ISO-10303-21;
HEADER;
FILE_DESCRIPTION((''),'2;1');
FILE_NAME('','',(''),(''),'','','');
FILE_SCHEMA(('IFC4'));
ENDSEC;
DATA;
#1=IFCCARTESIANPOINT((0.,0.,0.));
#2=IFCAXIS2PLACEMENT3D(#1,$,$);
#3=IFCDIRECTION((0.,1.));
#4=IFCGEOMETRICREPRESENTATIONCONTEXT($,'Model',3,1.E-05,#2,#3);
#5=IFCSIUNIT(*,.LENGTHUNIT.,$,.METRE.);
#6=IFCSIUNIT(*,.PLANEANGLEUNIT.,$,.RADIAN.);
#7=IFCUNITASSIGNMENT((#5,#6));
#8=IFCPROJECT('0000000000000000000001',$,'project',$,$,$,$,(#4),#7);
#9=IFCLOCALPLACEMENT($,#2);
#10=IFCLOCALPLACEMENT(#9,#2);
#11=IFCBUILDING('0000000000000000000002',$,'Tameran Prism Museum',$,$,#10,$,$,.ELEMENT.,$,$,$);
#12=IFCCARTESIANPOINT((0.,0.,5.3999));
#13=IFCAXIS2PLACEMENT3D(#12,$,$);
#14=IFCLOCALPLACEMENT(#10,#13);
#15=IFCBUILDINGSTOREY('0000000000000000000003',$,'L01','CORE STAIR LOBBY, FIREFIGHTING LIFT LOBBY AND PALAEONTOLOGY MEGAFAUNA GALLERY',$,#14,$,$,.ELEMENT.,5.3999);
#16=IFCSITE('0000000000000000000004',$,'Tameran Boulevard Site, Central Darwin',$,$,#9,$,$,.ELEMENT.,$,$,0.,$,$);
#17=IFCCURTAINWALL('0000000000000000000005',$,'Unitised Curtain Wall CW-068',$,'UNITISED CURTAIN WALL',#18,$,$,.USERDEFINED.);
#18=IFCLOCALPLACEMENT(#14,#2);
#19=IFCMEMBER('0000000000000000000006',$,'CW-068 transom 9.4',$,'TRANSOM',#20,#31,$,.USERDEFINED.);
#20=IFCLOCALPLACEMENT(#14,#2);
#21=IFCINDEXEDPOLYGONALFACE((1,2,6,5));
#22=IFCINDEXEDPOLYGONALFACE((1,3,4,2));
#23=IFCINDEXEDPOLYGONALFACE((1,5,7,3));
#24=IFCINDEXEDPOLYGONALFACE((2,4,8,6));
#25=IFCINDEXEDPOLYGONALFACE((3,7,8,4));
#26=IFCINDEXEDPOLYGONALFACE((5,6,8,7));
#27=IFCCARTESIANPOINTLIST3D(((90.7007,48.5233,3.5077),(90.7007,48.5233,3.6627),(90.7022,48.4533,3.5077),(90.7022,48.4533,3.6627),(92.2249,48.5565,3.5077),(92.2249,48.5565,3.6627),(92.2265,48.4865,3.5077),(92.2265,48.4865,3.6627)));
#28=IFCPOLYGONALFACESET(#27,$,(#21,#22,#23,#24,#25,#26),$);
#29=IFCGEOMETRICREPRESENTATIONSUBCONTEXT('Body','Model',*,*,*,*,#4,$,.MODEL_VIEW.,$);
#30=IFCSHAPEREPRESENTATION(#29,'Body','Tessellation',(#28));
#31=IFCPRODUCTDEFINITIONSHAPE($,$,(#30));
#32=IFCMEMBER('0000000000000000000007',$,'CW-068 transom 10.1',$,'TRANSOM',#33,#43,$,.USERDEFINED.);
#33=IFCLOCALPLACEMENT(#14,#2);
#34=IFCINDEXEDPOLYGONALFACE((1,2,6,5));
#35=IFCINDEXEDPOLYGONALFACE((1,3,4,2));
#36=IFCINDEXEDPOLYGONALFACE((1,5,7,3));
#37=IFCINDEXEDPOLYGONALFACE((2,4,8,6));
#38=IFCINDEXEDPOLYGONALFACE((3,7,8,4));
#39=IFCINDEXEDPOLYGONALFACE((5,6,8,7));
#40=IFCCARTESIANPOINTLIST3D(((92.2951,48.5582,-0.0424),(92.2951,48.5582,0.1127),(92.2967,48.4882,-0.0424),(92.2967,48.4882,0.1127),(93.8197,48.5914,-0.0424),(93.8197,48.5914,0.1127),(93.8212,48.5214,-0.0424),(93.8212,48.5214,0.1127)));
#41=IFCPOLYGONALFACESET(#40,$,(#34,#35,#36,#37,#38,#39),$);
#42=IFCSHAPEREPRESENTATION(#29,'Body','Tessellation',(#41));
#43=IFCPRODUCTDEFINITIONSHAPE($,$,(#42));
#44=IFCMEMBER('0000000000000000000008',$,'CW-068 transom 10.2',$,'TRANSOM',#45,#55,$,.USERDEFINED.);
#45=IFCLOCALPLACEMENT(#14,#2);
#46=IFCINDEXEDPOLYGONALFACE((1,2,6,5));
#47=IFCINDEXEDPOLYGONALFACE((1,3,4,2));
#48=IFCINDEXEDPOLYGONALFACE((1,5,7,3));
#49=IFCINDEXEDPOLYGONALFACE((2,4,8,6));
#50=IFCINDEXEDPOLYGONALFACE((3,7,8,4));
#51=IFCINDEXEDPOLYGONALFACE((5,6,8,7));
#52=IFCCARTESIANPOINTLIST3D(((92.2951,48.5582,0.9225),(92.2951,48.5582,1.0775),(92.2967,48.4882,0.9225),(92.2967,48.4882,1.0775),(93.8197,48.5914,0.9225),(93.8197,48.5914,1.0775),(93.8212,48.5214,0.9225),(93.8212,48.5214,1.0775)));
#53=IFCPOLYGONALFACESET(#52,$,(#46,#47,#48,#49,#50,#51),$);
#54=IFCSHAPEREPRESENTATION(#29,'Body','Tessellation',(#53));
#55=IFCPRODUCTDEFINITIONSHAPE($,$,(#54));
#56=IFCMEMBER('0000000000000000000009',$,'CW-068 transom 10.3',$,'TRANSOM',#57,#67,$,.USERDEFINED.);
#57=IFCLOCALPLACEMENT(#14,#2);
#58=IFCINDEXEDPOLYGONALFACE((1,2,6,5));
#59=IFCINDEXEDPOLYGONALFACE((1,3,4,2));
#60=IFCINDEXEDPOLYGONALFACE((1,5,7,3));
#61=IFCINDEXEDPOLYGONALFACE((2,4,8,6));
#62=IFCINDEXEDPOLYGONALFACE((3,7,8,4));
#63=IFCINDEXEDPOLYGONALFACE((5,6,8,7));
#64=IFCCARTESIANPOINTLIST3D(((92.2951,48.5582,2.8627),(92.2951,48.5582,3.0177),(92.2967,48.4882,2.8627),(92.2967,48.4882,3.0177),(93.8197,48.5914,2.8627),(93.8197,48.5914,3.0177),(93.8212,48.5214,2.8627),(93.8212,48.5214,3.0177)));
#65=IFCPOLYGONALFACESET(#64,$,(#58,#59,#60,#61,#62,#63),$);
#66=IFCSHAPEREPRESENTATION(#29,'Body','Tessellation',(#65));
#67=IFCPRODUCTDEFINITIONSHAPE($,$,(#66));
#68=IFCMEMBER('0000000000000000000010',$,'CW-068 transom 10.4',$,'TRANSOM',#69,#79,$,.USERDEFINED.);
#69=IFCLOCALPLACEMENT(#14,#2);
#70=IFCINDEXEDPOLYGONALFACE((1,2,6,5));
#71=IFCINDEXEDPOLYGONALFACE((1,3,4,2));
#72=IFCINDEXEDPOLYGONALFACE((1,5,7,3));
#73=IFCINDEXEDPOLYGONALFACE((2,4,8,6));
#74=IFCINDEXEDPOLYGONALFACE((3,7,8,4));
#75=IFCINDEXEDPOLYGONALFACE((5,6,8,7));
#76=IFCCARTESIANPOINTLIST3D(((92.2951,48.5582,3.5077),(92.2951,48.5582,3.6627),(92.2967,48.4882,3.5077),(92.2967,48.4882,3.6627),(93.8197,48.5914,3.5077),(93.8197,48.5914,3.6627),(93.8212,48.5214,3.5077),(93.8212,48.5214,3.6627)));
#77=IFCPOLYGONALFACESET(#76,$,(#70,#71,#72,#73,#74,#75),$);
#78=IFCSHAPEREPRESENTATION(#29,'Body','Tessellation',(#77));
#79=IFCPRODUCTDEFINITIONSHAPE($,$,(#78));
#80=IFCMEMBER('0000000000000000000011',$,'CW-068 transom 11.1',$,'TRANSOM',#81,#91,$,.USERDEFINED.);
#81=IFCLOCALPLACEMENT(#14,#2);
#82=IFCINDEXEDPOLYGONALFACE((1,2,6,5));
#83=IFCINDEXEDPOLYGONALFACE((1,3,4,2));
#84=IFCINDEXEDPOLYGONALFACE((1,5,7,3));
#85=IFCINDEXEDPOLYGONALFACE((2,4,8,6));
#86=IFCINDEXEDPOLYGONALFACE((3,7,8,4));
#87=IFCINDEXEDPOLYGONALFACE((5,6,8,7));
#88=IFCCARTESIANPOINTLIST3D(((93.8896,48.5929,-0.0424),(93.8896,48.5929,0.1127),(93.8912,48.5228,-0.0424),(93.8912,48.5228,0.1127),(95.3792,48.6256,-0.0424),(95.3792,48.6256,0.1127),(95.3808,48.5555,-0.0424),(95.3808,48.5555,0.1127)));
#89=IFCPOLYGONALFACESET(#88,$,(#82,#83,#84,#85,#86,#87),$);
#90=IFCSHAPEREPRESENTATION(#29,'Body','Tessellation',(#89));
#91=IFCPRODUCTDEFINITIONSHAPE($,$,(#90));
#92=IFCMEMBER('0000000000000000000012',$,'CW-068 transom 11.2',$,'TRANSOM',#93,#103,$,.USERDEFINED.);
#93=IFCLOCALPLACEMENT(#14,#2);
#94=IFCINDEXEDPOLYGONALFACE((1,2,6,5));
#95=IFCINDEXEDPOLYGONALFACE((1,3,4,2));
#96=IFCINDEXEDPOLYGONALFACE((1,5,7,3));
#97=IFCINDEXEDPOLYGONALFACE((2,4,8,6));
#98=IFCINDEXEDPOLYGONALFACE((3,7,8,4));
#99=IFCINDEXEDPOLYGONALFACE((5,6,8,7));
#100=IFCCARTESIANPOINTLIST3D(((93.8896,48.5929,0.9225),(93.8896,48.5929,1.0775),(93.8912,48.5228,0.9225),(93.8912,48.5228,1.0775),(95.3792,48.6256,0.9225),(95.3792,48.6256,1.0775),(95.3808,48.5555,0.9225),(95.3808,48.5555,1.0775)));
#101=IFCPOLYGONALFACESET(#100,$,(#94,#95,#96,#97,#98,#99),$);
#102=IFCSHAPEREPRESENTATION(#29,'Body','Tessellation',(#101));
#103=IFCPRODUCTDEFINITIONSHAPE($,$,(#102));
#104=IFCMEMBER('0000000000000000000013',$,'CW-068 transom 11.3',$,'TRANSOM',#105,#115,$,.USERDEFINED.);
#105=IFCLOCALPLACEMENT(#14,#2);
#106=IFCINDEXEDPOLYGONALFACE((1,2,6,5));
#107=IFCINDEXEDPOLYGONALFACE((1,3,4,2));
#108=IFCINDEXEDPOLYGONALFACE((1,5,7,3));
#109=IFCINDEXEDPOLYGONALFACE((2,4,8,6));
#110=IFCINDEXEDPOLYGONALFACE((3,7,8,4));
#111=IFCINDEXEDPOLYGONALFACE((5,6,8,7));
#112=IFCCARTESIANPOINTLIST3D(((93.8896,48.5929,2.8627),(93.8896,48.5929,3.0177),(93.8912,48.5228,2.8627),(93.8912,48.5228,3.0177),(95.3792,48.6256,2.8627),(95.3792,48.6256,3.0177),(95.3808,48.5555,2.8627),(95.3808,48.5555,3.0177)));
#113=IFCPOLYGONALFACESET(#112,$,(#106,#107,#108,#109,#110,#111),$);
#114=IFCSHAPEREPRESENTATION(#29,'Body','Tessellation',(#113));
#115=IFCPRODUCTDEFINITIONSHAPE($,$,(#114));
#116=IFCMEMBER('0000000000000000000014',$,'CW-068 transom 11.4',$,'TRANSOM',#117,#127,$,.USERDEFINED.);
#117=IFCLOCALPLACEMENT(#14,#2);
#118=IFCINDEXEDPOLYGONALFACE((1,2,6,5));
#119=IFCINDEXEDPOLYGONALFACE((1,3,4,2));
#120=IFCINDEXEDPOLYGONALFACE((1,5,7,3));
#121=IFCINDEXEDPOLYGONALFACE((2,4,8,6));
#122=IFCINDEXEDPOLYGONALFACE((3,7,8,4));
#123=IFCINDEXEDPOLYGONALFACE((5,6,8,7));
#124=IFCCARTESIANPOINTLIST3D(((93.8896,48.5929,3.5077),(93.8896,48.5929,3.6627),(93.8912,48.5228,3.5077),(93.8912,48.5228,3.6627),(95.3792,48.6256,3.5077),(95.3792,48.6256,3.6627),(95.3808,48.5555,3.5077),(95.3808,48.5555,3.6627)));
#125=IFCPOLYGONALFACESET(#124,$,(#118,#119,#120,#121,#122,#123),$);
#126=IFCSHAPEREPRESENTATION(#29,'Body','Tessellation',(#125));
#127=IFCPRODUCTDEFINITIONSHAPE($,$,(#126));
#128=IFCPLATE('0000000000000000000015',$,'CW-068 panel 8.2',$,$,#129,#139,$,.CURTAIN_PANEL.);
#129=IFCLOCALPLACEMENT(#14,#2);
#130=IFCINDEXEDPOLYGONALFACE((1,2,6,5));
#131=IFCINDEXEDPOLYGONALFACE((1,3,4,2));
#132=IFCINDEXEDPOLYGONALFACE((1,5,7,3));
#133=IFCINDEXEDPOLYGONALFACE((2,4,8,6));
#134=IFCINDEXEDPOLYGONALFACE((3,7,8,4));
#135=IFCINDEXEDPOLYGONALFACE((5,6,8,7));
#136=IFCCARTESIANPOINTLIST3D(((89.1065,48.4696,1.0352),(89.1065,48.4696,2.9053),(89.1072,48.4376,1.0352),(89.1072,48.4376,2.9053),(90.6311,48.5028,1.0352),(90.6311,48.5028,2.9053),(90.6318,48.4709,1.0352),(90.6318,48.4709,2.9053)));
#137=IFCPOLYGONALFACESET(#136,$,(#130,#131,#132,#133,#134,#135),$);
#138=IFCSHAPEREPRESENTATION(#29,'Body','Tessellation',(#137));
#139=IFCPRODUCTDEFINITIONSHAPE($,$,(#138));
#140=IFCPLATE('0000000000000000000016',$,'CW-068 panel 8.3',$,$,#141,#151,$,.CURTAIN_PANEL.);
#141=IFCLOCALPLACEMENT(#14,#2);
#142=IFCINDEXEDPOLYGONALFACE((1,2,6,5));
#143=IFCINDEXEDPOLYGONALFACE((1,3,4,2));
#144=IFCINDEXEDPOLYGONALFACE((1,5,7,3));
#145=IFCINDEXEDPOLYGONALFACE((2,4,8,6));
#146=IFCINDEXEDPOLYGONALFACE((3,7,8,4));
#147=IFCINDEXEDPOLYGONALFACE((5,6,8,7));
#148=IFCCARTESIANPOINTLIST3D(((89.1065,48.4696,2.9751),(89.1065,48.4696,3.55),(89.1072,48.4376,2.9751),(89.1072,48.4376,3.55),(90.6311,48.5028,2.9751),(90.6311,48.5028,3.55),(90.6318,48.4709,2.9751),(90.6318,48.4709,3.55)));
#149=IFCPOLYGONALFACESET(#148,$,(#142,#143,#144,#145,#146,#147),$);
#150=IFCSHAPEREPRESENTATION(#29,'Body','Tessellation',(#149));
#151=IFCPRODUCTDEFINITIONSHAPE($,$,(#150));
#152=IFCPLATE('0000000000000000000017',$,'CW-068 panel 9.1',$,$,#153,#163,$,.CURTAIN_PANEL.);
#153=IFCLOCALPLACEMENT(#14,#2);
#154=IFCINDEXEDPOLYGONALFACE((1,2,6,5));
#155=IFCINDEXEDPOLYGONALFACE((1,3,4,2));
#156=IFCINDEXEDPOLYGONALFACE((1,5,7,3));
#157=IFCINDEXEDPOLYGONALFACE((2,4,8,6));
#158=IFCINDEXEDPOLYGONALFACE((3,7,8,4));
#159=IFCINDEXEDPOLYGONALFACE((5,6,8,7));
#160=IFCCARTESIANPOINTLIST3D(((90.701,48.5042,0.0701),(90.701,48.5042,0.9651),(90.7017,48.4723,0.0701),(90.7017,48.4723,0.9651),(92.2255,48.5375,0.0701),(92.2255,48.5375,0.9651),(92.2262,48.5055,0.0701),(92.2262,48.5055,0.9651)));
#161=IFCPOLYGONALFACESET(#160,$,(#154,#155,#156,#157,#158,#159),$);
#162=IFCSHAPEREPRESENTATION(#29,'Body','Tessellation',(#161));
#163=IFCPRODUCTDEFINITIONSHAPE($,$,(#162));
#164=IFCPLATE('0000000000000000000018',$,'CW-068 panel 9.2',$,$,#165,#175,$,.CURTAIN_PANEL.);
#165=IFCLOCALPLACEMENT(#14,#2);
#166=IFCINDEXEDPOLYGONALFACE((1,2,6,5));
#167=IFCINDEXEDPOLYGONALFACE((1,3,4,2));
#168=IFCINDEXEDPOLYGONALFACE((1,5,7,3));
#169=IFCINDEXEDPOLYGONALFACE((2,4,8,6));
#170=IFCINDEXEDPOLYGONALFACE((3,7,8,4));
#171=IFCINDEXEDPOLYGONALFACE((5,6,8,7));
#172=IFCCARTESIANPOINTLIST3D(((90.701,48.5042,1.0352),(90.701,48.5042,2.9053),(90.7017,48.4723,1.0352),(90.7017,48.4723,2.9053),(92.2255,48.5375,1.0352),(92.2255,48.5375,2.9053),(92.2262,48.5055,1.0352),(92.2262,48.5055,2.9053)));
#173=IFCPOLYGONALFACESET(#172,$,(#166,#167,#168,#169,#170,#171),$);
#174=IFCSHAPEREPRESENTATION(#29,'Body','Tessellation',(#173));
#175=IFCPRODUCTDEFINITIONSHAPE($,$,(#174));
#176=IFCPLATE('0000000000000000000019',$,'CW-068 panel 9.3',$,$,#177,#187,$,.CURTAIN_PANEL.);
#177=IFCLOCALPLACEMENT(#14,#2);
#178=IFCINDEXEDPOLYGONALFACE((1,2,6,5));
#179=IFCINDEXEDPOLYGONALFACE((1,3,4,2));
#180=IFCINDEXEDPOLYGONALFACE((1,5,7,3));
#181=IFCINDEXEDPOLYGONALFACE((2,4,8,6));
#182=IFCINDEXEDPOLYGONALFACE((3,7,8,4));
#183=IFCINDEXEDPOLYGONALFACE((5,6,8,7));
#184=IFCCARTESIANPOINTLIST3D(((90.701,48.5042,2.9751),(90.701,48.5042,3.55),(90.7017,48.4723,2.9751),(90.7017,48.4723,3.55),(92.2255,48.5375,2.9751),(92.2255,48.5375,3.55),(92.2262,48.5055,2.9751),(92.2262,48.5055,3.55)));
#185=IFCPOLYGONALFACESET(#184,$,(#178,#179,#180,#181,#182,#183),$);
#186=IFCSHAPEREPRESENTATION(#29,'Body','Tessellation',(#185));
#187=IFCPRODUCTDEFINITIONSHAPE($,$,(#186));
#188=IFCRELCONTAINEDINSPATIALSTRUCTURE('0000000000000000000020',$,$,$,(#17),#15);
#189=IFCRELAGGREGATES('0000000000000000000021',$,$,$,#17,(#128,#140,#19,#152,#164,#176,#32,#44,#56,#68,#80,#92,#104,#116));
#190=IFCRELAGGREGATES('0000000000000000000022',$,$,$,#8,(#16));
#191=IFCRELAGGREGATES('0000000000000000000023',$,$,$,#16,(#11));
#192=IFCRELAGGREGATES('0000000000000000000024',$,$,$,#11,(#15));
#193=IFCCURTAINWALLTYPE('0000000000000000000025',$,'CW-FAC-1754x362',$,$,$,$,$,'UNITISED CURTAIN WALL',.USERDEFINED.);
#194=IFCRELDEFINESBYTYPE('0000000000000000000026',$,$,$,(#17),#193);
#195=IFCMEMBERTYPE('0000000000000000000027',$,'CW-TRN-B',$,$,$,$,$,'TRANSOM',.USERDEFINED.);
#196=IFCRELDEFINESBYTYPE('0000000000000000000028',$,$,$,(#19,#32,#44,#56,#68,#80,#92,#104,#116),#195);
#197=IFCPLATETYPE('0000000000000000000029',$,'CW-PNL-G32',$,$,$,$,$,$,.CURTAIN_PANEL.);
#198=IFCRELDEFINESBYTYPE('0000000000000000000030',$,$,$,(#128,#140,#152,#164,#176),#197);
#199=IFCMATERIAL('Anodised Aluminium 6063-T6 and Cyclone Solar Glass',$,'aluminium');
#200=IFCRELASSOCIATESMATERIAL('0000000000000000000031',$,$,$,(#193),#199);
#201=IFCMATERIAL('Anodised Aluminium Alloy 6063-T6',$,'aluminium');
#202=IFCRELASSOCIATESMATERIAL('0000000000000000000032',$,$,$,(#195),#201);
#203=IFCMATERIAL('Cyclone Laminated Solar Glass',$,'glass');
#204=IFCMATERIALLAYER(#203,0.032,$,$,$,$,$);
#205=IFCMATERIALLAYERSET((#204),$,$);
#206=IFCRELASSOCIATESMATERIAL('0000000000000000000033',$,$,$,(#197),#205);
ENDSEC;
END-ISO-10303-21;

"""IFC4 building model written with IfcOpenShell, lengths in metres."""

from ifc_helpers import new_model, si_unit, direction, frame, origin, origin_2d, place, context, subcontext, project, spatial, rectangle, extrude, material, layer, layer_set, material_profile, profile_set, type_object, element, aggregate, save


model = new_model("IFC4")

# Units and contexts
model_context = context("Model", 3, precision=1e-05, world=origin(), true_north=direction((0.0, 1.0)))
body_context = subcontext(model_context, "Body", "Model", "MODEL_VIEW")
ifc_project = project(units=[si_unit("LENGTHUNIT", "METRE"), si_unit("PLANEANGLEUNIT", "RADIAN")], contexts=[model_context])

# Site, building, storey
site_placement = place(None, origin())
site = spatial("IfcSite", under=ifc_project, at=site_placement, Name="Tameran Boulevard Site, Central Darwin", CompositionType="ELEMENT", RefElevation=0.0)
building_placement = place(site_placement, origin())
building = spatial("IfcBuilding", under=site, at=building_placement, Name="Tameran Prism Museum", CompositionType="ELEMENT")
storey_placement = place(building_placement, frame((0.0, 0.0, 5.3999)))
storey = spatial("IfcBuildingStorey", under=building, at=storey_placement, Name="L01", Description="CORE STAIR LOBBY, FIREFIGHTING LIFT LOBBY AND PALAEONTOLOGY MEGAFAUNA GALLERY", CompositionType="ELEMENT", Elevation=5.3999)

# Curtain wall, members, plates
ifc_material_1 = material(Name="Anodised Aluminium 6063-T6 and Cyclone Solar Glass", Category="aluminium")
curtain_wall_type = type_object("IfcCurtainWallType", Name="CW-FAC-1754x362", ElementType="UNITISED CURTAIN WALL", PredefinedType="USERDEFINED", material=ifc_material_1)
curtain_wall_placement = place(storey_placement, origin())
curtain_wall = element("IfcCurtainWall", 1, at=curtain_wall_placement, inside=storey, type_object=curtain_wall_type, Name="Unitised Curtain Wall CW-068", ObjectType="UNITISED CURTAIN WALL", PredefinedType="USERDEFINED")
ifc_material_2 = material(Name="Anodised Aluminium Alloy 6063-T6", Category="aluminium")
ifc_material_profile_1 = material_profile(ifc_material_2, rectangle(XDim=0.0701, YDim=0.155, at=origin_2d()))
ifc_profile_set_1 = profile_set([ifc_material_profile_1])
member_type_1 = type_object("IfcMemberType", Name="CW-TRN-B", ElementType="TRANSOM", PredefinedType="USERDEFINED", material=ifc_profile_set_1)
member_1_placement = place(storey_placement, frame((90.7014, 48.4883, 3.5852), z_axis=(0.999763, 0.021776, 0.0), x_axis=(-0.021776, 0.999763, 0.0)))
member_1 = element("IfcMember", 2, at=member_1_placement, type_object=member_type_1, Name="CW-068 transom 9.4", ObjectType="TRANSOM", PredefinedType="USERDEFINED", context=body_context, shape_type="SweptSolid", body=[
    extrude(rectangle(XDim=0.0701, YDim=0.155, at=origin_2d()), origin(), (0.0, 0.0, 1.0), 1.5247),
])
member_2_placement = place(storey_placement, frame((92.2959, 48.5232, 0.0352), z_axis=(0.999763, 0.021772, 0.0), x_axis=(-0.021772, 0.999763, 0.0)))
member_2 = element("IfcMember", 3, at=member_2_placement, type_object=member_type_1, Name="CW-068 transom 10.1", ObjectType="TRANSOM", PredefinedType="USERDEFINED", context=body_context, shape_type="SweptSolid", body=[
    extrude(rectangle(XDim=0.0701, YDim=0.155, at=origin_2d()), origin(), (0.0, 0.0, 1.0), 1.5249),
])
member_3_placement = place(storey_placement, frame((92.2959, 48.5232, 1.0), z_axis=(0.999763, 0.021772, 0.0), x_axis=(-0.021772, 0.999763, 0.0)))
member_3 = element("IfcMember", 4, at=member_3_placement, type_object=member_type_1, Name="CW-068 transom 10.2", ObjectType="TRANSOM", PredefinedType="USERDEFINED", context=body_context, shape_type="SweptSolid", body=[
    extrude(rectangle(XDim=0.0701, YDim=0.155, at=origin_2d()), origin(), (0.0, 0.0, 1.0), 1.5249),
])
member_4_placement = place(storey_placement, frame((92.2959, 48.5232, 2.9402), z_axis=(0.999763, 0.021772, 0.0), x_axis=(-0.021772, 0.999763, 0.0)))
member_4 = element("IfcMember", 5, at=member_4_placement, type_object=member_type_1, Name="CW-068 transom 10.3", ObjectType="TRANSOM", PredefinedType="USERDEFINED", context=body_context, shape_type="SweptSolid", body=[
    extrude(rectangle(XDim=0.0701, YDim=0.155, at=origin_2d()), origin(), (0.0, 0.0, 1.0), 1.5249),
])
member_5_placement = place(storey_placement, frame((92.2959, 48.5232, 3.5852), z_axis=(0.999763, 0.021772, 0.0), x_axis=(-0.021772, 0.999763, 0.0)))
member_5 = element("IfcMember", 6, at=member_5_placement, type_object=member_type_1, Name="CW-068 transom 10.4", ObjectType="TRANSOM", PredefinedType="USERDEFINED", context=body_context, shape_type="SweptSolid", body=[
    extrude(rectangle(XDim=0.0701, YDim=0.155, at=origin_2d()), origin(), (0.0, 0.0, 1.0), 1.5249),
])
member_6_placement = place(storey_placement, frame((93.8904, 48.5579, 0.0352), z_axis=(0.999759, 0.021955, 0.0), x_axis=(-0.021955, 0.999759, 0.0)))
member_6 = element("IfcMember", 7, at=member_6_placement, type_object=member_type_1, Name="CW-068 transom 11.1", ObjectType="TRANSOM", PredefinedType="USERDEFINED", context=body_context, shape_type="SweptSolid", body=[
    extrude(rectangle(XDim=0.0701, YDim=0.155, at=origin_2d()), origin(), (0.0, 0.0, 1.0), 1.49),
])
member_7_placement = place(storey_placement, frame((93.8904, 48.5579, 1.0), z_axis=(0.999759, 0.021955, 0.0), x_axis=(-0.021955, 0.999759, 0.0)))
member_7 = element("IfcMember", 8, at=member_7_placement, type_object=member_type_1, Name="CW-068 transom 11.2", ObjectType="TRANSOM", PredefinedType="USERDEFINED", context=body_context, shape_type="SweptSolid", body=[
    extrude(rectangle(XDim=0.0701, YDim=0.155, at=origin_2d()), origin(), (0.0, 0.0, 1.0), 1.49),
])
member_8_placement = place(storey_placement, frame((93.8904, 48.5579, 2.9402), z_axis=(0.999759, 0.021955, 0.0), x_axis=(-0.021955, 0.999759, 0.0)))
member_8 = element("IfcMember", 9, at=member_8_placement, type_object=member_type_1, Name="CW-068 transom 11.3", ObjectType="TRANSOM", PredefinedType="USERDEFINED", context=body_context, shape_type="SweptSolid", body=[
    extrude(rectangle(XDim=0.0701, YDim=0.155, at=origin_2d()), origin(), (0.0, 0.0, 1.0), 1.49),
])
member_9_placement = place(storey_placement, frame((93.8904, 48.5579, 3.5852), z_axis=(0.999759, 0.021955, 0.0), x_axis=(-0.021955, 0.999759, 0.0)))
member_9 = element("IfcMember", 10, at=member_9_placement, type_object=member_type_1, Name="CW-068 transom 11.4", ObjectType="TRANSOM", PredefinedType="USERDEFINED", context=body_context, shape_type="SweptSolid", body=[
    extrude(rectangle(XDim=0.0701, YDim=0.155, at=origin_2d()), origin(), (0.0, 0.0, 1.0), 1.49),
])
ifc_material_3 = material(Name="Cyclone Laminated Solar Glass", Category="glass")
ifc_layer_1 = layer(ifc_material_3, 0.032)
ifc_layer_set_1 = layer_set([ifc_layer_1])
plate_type = type_object("IfcPlateType", Name="CW-PNL-G32", PredefinedType="CURTAIN_PANEL", material=ifc_layer_set_1)
plate_1_placement = place(storey_placement, frame((89.8691, 48.4702, 1.0352), z_axis=(0.0, 0.0, 1.0), x_axis=(0.999762, 0.021831, 0.0)))
plate_1 = element("IfcPlate", 11, at=plate_1_placement, type_object=plate_type, Name="CW-068 panel 8.2", PredefinedType="CURTAIN_PANEL", context=body_context, shape_type="SweptSolid", body=[
    extrude(rectangle(XDim=1.5249, YDim=0.032, at=origin_2d()), origin(), (0.0, 0.0, 1.0), 1.8701),
])
plate_2_placement = place(storey_placement, frame((89.8691, 48.4702, 2.9751), z_axis=(0.0, 0.0, 1.0), x_axis=(0.999762, 0.021831, 0.0)))
plate_2 = element("IfcPlate", 12, at=plate_2_placement, type_object=plate_type, Name="CW-068 panel 8.3", PredefinedType="CURTAIN_PANEL", context=body_context, shape_type="SweptSolid", body=[
    extrude(rectangle(XDim=1.5249, YDim=0.032, at=origin_2d()), origin(), (0.0, 0.0, 1.0), 0.575),
])
plate_3_placement = place(storey_placement, frame((91.4636, 48.5049, 0.0701), z_axis=(0.0, 0.0, 1.0), x_axis=(0.999762, 0.021831, 0.0)))
plate_3 = element("IfcPlate", 13, at=plate_3_placement, type_object=plate_type, Name="CW-068 panel 9.1", PredefinedType="CURTAIN_PANEL", context=body_context, shape_type="SweptSolid", body=[
    extrude(rectangle(XDim=1.5249, YDim=0.032, at=origin_2d()), origin(), (0.0, 0.0, 1.0), 0.895),
])
plate_4_placement = place(storey_placement, frame((91.4636, 48.5049, 1.0352), z_axis=(0.0, 0.0, 1.0), x_axis=(0.999762, 0.021831, 0.0)))
plate_4 = element("IfcPlate", 14, at=plate_4_placement, type_object=plate_type, Name="CW-068 panel 9.2", PredefinedType="CURTAIN_PANEL", context=body_context, shape_type="SweptSolid", body=[
    extrude(rectangle(XDim=1.5249, YDim=0.032, at=origin_2d()), origin(), (0.0, 0.0, 1.0), 1.8701),
])
plate_5_placement = place(storey_placement, frame((91.4636, 48.5049, 2.9751), z_axis=(0.0, 0.0, 1.0), x_axis=(0.999762, 0.021831, 0.0)))
plate_5 = element("IfcPlate", 15, at=plate_5_placement, type_object=plate_type, Name="CW-068 panel 9.3", PredefinedType="CURTAIN_PANEL", context=body_context, shape_type="SweptSolid", body=[
    extrude(rectangle(XDim=1.5249, YDim=0.032, at=origin_2d()), origin(), (0.0, 0.0, 1.0), 0.575),
])
aggregate(curtain_wall, [plate_1, plate_2, member_1, plate_3, plate_4, plate_5, member_2, member_3, member_4, member_5, member_6, member_7, member_8, member_9])

save(model, "model.ifc")
